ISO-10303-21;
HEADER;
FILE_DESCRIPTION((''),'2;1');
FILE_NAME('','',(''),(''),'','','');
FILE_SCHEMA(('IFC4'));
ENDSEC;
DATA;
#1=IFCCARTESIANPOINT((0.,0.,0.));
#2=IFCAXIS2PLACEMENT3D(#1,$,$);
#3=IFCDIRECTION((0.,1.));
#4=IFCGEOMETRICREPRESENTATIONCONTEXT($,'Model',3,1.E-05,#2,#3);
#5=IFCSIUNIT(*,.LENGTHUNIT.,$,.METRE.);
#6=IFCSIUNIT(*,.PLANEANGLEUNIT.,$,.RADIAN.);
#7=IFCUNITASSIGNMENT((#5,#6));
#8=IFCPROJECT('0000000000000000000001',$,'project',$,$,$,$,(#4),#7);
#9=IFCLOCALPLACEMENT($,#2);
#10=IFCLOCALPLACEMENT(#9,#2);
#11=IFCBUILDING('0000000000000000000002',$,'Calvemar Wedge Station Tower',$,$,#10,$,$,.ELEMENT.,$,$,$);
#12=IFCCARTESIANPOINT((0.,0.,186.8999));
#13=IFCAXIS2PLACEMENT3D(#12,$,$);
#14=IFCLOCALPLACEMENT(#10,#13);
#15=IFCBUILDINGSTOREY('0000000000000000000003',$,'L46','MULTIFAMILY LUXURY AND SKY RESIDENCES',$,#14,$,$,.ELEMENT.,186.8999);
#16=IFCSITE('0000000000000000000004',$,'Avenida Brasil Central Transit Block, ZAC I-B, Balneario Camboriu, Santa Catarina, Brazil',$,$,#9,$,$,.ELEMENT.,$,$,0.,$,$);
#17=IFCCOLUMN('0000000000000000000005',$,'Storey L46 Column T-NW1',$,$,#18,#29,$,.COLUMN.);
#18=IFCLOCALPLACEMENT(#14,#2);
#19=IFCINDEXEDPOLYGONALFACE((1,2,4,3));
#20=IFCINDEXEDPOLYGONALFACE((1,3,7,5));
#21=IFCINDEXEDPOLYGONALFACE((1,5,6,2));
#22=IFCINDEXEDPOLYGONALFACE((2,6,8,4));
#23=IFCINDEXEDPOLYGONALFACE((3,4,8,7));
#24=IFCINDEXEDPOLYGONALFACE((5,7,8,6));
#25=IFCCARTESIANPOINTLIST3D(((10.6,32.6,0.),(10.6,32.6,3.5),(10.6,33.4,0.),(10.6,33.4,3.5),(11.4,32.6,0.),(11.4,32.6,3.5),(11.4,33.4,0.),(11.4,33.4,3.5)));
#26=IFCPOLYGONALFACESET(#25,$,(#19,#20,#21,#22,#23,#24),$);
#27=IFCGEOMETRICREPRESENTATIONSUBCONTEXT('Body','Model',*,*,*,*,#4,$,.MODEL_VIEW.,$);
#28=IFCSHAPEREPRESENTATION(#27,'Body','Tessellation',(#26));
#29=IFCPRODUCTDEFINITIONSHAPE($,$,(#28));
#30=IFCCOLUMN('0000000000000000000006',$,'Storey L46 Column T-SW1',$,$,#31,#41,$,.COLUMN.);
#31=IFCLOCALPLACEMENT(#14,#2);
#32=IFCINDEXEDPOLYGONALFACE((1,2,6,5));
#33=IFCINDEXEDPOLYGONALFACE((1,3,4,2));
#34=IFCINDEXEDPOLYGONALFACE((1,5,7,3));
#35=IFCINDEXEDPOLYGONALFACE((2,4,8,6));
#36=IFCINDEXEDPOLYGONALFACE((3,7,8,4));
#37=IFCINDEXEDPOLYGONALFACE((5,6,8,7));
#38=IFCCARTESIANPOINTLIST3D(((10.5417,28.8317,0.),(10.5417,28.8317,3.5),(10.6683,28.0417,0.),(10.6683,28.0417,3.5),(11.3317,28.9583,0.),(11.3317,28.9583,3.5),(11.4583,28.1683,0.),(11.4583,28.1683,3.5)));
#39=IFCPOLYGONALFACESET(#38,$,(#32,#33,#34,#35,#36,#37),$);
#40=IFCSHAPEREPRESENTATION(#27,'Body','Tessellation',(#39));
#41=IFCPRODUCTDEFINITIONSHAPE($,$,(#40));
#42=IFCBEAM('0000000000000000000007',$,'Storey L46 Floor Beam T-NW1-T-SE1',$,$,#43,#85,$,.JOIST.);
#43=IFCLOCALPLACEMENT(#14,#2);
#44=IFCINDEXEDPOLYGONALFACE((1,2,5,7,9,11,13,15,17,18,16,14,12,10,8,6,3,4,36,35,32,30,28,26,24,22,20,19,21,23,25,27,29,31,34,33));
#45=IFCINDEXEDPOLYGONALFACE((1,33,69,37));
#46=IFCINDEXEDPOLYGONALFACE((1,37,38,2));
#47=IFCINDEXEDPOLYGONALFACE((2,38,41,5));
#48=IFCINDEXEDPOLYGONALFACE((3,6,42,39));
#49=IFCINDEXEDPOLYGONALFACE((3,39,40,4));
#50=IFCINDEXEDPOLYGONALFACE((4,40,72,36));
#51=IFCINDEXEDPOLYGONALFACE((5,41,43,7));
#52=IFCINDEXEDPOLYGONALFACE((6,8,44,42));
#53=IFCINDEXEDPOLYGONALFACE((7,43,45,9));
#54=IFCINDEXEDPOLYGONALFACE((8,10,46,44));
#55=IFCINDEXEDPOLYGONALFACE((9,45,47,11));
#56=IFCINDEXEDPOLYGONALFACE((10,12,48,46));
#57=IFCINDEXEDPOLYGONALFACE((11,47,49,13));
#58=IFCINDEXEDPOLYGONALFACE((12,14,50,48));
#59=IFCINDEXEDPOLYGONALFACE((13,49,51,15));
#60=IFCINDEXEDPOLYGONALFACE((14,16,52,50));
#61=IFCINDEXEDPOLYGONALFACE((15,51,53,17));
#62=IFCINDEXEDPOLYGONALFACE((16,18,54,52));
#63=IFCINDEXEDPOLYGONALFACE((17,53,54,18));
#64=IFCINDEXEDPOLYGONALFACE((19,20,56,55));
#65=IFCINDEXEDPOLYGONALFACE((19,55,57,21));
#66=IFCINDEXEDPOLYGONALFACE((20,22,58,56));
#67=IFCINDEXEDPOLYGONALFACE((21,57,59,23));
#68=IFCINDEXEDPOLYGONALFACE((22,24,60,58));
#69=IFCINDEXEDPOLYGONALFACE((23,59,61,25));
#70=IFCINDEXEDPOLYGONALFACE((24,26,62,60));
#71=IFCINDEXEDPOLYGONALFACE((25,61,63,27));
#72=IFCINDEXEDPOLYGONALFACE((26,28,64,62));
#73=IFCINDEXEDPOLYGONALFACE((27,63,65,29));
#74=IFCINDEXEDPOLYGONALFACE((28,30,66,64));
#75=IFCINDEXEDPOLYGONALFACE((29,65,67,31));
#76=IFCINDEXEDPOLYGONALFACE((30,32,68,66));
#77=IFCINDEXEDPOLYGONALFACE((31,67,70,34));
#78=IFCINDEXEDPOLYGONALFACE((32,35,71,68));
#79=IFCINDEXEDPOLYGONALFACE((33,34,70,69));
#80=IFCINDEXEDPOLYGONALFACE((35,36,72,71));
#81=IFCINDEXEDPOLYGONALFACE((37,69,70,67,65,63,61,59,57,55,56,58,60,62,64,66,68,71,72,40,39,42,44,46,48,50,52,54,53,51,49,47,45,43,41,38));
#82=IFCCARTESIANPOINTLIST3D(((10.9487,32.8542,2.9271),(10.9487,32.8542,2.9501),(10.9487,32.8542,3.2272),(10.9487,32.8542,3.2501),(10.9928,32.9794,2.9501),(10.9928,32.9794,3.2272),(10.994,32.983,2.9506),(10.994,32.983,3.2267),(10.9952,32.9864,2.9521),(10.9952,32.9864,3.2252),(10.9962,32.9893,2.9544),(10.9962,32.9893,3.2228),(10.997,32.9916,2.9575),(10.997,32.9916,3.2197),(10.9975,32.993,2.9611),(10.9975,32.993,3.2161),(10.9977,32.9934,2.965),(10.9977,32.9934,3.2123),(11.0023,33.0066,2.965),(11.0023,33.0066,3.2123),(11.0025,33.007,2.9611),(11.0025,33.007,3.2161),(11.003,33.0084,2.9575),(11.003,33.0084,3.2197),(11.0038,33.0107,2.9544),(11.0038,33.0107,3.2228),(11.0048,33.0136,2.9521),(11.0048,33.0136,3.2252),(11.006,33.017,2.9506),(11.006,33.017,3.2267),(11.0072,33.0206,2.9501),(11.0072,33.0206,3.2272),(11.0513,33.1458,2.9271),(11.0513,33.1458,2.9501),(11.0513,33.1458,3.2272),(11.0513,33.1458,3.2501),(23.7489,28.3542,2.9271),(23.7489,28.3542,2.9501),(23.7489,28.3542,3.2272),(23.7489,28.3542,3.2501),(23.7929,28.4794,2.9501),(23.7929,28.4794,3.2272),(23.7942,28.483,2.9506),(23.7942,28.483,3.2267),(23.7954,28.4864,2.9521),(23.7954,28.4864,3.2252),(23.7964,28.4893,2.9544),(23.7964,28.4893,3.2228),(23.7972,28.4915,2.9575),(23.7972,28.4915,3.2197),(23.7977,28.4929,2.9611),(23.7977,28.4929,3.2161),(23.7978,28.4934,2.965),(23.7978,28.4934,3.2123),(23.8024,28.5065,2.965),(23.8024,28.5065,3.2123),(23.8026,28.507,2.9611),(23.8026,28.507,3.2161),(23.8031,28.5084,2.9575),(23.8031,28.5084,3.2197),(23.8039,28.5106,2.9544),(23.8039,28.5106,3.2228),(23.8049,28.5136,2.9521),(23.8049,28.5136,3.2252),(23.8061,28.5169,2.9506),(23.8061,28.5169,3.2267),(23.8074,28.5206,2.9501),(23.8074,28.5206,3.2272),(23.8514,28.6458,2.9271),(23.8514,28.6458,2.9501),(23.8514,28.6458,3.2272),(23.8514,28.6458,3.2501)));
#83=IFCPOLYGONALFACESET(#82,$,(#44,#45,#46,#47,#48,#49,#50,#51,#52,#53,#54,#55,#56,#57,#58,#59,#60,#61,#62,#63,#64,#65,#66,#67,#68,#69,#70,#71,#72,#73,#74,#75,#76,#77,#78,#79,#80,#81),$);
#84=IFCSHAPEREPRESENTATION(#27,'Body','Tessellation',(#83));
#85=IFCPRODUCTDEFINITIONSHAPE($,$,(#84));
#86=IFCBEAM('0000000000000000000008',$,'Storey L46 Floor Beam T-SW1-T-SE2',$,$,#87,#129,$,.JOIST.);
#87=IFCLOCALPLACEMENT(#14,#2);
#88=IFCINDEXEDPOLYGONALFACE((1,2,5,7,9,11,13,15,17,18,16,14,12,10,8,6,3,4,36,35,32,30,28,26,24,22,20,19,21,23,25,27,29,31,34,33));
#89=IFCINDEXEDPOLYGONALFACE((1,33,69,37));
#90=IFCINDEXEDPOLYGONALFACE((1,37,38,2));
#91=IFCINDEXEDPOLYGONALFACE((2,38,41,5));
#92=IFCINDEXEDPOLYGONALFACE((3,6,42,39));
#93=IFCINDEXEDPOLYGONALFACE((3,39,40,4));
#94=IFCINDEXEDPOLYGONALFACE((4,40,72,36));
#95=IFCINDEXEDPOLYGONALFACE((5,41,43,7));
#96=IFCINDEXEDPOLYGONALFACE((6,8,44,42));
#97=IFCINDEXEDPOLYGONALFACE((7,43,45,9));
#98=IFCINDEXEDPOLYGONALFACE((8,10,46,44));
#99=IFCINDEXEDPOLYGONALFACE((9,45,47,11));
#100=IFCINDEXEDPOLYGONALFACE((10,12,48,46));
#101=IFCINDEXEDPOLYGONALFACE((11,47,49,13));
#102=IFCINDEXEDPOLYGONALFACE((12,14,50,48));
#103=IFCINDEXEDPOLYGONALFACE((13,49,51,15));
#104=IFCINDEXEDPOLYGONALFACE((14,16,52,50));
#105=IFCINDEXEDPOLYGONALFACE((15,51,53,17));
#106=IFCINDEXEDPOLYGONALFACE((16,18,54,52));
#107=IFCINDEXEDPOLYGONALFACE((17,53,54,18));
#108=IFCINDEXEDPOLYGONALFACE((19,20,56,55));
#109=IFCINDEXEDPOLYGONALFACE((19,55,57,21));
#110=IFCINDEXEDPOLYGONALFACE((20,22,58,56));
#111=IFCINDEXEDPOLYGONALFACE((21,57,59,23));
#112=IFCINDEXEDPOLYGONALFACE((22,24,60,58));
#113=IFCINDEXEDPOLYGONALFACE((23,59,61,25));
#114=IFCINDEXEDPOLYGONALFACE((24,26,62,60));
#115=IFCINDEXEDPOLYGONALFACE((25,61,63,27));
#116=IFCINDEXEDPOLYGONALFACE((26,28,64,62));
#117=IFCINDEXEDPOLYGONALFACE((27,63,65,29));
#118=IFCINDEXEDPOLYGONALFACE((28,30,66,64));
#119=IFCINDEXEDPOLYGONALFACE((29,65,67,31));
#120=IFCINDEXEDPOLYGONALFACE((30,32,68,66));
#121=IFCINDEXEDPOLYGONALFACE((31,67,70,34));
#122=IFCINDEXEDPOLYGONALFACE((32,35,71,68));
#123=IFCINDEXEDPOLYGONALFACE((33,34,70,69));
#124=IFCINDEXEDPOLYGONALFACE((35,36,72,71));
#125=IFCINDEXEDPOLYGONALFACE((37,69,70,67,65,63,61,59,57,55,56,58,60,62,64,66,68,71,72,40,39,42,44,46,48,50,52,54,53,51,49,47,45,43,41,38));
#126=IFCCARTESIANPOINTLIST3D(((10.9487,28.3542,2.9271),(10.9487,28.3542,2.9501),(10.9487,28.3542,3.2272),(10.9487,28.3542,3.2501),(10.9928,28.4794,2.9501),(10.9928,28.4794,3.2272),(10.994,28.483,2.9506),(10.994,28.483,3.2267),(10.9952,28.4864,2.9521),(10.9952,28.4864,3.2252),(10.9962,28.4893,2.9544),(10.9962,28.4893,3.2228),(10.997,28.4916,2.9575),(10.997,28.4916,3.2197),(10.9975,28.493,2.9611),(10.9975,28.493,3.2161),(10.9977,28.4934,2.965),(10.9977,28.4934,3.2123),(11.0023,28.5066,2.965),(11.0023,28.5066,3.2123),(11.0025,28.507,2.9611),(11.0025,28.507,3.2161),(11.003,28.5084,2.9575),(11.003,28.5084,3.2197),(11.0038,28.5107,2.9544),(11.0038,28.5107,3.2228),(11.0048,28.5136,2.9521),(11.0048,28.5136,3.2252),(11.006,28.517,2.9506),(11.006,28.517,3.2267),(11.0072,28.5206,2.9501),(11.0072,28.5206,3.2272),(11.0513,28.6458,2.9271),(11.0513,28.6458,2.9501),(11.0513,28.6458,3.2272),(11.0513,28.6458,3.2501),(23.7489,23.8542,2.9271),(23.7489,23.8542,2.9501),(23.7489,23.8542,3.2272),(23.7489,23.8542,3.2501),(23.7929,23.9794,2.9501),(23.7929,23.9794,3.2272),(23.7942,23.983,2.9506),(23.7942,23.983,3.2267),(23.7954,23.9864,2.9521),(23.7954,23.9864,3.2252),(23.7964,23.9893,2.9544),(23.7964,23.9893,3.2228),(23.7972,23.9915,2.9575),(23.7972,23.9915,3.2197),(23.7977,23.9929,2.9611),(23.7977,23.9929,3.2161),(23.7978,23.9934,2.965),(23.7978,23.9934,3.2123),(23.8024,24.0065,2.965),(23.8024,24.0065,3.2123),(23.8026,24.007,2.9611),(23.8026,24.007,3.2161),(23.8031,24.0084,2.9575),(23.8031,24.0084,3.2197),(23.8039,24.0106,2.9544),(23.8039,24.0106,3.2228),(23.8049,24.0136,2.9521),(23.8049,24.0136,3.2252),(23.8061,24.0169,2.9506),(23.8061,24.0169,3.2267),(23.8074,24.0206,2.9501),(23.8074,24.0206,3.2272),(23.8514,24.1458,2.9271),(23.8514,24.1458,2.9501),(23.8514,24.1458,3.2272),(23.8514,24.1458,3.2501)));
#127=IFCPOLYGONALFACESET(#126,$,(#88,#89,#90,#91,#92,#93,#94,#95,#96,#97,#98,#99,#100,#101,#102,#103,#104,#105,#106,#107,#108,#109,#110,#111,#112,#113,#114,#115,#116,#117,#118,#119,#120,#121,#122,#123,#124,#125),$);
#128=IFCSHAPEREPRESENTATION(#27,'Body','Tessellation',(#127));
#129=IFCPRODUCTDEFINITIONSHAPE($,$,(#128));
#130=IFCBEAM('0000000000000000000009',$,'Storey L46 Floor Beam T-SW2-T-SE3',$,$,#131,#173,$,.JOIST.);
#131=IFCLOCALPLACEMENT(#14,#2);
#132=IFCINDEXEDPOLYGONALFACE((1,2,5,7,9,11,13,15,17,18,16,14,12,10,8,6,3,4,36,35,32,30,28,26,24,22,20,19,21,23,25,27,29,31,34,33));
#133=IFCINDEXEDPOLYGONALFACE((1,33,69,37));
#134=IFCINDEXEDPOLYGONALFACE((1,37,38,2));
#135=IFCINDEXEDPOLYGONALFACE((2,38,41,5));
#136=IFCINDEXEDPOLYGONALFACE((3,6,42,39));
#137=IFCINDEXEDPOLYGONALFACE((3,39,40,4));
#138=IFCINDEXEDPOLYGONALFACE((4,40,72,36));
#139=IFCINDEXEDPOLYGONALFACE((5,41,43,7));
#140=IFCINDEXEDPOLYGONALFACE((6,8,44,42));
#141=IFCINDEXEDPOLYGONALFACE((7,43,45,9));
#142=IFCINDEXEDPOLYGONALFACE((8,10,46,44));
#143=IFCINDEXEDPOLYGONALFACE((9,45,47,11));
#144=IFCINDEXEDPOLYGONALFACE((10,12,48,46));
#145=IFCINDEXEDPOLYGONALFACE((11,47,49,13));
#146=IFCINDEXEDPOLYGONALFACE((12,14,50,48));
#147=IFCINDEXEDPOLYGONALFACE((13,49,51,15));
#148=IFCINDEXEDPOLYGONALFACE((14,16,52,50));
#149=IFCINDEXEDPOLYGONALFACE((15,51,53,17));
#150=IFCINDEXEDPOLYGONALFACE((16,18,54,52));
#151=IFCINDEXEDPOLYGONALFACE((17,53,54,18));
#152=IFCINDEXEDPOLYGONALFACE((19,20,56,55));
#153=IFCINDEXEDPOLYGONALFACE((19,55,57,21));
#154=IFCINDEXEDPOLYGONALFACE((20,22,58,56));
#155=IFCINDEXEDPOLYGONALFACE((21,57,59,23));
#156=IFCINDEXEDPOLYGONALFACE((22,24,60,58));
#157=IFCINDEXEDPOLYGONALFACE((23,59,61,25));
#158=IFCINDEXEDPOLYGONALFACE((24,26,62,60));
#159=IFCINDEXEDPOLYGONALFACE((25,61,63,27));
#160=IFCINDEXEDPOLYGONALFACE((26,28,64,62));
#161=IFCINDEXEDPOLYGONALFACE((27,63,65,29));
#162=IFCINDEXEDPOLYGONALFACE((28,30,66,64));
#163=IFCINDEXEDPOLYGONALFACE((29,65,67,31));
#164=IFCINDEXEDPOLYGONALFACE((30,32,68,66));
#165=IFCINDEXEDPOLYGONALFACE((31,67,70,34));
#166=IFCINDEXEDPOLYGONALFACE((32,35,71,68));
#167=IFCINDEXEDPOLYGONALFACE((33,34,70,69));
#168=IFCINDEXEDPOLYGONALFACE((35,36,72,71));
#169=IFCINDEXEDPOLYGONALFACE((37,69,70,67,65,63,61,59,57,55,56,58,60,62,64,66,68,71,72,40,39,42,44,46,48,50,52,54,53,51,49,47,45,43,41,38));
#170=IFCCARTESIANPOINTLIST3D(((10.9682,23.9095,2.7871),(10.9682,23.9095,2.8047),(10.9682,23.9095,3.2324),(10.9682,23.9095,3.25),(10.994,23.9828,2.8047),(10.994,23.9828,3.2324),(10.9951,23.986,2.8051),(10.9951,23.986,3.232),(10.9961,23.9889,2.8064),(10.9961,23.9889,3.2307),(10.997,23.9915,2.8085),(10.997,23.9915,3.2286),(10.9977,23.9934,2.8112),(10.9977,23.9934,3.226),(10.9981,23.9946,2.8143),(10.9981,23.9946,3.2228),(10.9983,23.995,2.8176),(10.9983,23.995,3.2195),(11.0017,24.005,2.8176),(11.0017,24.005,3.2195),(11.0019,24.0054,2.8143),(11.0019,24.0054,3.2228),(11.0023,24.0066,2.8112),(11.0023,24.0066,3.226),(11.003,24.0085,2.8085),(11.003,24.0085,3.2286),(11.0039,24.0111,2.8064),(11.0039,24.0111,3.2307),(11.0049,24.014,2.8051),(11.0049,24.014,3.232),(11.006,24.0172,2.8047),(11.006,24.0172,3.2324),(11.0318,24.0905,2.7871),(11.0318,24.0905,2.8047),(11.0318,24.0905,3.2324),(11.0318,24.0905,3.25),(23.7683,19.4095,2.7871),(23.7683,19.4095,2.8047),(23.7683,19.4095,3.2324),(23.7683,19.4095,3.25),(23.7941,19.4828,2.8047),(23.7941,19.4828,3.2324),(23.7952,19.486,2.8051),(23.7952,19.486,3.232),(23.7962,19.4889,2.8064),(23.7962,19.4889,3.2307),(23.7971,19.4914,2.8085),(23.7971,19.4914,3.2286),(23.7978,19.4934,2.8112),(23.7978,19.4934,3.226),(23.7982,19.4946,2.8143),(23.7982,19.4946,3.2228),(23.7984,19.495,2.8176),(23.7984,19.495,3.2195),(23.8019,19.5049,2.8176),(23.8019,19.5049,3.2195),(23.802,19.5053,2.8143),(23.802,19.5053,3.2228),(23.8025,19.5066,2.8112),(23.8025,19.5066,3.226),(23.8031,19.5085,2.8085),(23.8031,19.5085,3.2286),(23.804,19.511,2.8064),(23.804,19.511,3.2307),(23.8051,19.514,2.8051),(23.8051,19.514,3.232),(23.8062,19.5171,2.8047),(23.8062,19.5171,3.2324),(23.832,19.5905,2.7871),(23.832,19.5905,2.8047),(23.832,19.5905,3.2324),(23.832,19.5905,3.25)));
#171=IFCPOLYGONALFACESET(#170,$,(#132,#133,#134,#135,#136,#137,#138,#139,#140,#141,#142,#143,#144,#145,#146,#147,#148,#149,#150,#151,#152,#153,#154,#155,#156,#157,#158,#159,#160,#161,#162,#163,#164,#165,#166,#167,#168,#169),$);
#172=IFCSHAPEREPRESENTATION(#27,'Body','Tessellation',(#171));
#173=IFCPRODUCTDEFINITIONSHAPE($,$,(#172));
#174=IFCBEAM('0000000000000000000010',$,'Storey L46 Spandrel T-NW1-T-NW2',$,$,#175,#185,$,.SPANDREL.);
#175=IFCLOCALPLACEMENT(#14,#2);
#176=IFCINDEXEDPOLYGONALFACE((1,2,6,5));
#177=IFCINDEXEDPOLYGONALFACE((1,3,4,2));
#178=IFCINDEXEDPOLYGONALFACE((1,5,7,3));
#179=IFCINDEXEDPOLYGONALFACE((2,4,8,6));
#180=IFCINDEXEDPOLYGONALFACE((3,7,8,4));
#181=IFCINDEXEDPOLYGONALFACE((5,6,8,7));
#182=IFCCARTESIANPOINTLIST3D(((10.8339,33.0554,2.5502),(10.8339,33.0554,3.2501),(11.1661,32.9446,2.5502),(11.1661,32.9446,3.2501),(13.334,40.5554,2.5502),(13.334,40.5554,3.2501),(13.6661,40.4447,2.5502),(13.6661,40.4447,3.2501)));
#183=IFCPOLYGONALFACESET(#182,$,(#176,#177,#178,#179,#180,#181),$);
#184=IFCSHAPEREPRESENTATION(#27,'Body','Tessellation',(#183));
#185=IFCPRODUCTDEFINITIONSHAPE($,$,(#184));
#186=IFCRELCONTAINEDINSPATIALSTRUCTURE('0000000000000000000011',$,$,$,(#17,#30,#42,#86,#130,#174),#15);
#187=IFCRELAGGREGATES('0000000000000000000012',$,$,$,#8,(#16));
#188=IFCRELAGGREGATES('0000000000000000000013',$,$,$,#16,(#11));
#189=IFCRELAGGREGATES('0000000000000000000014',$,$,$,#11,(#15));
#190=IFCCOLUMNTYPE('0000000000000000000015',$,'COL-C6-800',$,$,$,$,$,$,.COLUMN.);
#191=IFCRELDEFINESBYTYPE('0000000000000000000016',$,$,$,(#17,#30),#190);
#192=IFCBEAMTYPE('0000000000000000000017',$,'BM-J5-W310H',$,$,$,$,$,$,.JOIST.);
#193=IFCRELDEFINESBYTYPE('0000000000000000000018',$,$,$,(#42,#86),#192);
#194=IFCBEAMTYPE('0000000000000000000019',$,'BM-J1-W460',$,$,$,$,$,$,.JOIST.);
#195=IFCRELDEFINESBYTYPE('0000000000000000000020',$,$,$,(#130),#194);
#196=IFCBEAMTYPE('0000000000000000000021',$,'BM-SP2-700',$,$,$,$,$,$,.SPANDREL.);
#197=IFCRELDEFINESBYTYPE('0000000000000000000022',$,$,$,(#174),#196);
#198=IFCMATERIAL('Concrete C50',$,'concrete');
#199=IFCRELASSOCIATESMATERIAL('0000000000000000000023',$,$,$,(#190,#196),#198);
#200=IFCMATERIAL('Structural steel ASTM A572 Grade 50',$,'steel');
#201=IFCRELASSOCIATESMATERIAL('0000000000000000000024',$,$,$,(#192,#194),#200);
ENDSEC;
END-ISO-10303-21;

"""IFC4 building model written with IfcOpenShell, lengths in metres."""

from ifc_helpers import new_model, si_unit, direction, frame, origin, origin_2d, place, context, subcontext, project, spatial, rectangle, i_section, extrude, source, transform, mapped, material, material_profile, profile_set, type_object, element, save


model = new_model("IFC4")

# Units and contexts
model_context = context("Model", 3, precision=1e-05, world=origin(), true_north=direction((0.0, 1.0)))
body_context = subcontext(model_context, "Body", "Model", "MODEL_VIEW")
ifc_project = project(units=[si_unit("LENGTHUNIT", "METRE"), si_unit("PLANEANGLEUNIT", "RADIAN")], contexts=[model_context])

# Site, building, storey
site_placement = place(None, origin())
site = spatial("IfcSite", under=ifc_project, at=site_placement, Name="Avenida Brasil Central Transit Block, ZAC I-B, Balneario Camboriu, Santa Catarina, Brazil", CompositionType="ELEMENT", RefElevation=0.0)
building_placement = place(site_placement, origin())
building = spatial("IfcBuilding", under=site, at=building_placement, Name="Calvemar Wedge Station Tower", CompositionType="ELEMENT")
storey_placement = place(building_placement, frame((0.0, 0.0, 186.8999)))
storey = spatial("IfcBuildingStorey", under=building, at=storey_placement, Name="L46", Description="MULTIFAMILY LUXURY AND SKY RESIDENCES", CompositionType="ELEMENT", Elevation=186.8999)

# Columns
ifc_material_1 = material(Name="Concrete C50", Category="concrete")
ifc_material_profile_1 = material_profile(ifc_material_1, rectangle(XDim=0.8, YDim=0.8, at=origin_2d()), Name="RC800x800")
ifc_profile_set_1 = profile_set([ifc_material_profile_1], Name="Concrete C50")
column_type = type_object("IfcColumnType", Name="COL-C6-800", PredefinedType="COLUMN", material=ifc_profile_set_1)
shared_shape_1 = source(origin(), body_context, "Body", "SweptSolid", [
    extrude(rectangle(XDim=0.8, YDim=0.8, at=origin_2d()), origin(), (0.0, 0.0, 1.0), 3.5),
])
for number, where, z_axis, x_axis, name in (
    (1, (11.0, 33.0, 0.0), (0.0, 0.0, 1.0), (1.0, 0.0, 0.0), "Storey L46 Column T-NW1"),
    (2, (11.0, 28.5, 0.0), (0.0, 0.0, 1.0), (0.158158, -0.987414, 0.0), "Storey L46 Column T-SW1"),
):
    element("IfcColumn", number, at=place(storey_placement, frame(where, z_axis=z_axis, x_axis=x_axis)), inside=storey, type_object=column_type, Name=name, PredefinedType="COLUMN", context=body_context, shape_type="MappedRepresentation", body=[
        mapped(shared_shape_1, transform((0.0, 0.0, 0.0), scale=1.0)),
    ])

# Beams
ifc_material_2 = material(Name="Structural steel ASTM A572 Grade 50", Category="steel")
ifc_material_profile_2 = material_profile(ifc_material_2, i_section(OverallWidth=0.3091, OverallDepth=0.323, WebThickness=0.0139, FlangeThickness=0.0229, FilletRadius=0.0149, at=origin_2d()), Name="W310x143")
ifc_profile_set_2 = profile_set([ifc_material_profile_2], Name="Structural steel ASTM A572 Grade 50")
beam_type_1 = type_object("IfcBeamType", Name="BM-J5-W310H", PredefinedType="JOIST", material=ifc_profile_set_2)
shared_shape_2 = source(origin(), body_context, "Body", "SweptSolid", [
    extrude(i_section(OverallWidth=0.3091, OverallDepth=0.323, WebThickness=0.0139, FlangeThickness=0.0229, FilletRadius=0.0149, at=origin_2d()), origin(), (0.0, 0.0, 1.0), 13.5681),
])
for number, where, z_axis, x_axis, name in (
    (3, (11.0, 33.0, 3.0886), (0.943398, -0.331662, 0.0), (0.331662, 0.943398, 0.0), "Storey L46 Floor Beam T-NW1-T-SE1"),
    (4, (11.0, 28.5, 3.0886), (0.943398, -0.331662, 0.0), (0.331662, 0.943398, 0.0), "Storey L46 Floor Beam T-SW1-T-SE2"),
):
    element("IfcBeam", number, at=place(storey_placement, frame(where, z_axis=z_axis, x_axis=x_axis)), inside=storey, type_object=beam_type_1, Name=name, PredefinedType="JOIST", context=body_context, shape_type="MappedRepresentation", body=[
        mapped(shared_shape_2, transform((0.0, 0.0, 0.0), scale=1.0)),
    ])
ifc_material_profile_3 = material_profile(ifc_material_2, i_section(OverallWidth=0.1919, OverallDepth=0.4629, WebThickness=0.0105, FlangeThickness=0.0176, FilletRadius=0.0129, at=origin_2d()), Name="W460x89")
ifc_profile_set_3 = profile_set([ifc_material_profile_3], Name="Structural steel ASTM A572 Grade 50")
beam_type_2 = type_object("IfcBeamType", Name="BM-J1-W460", PredefinedType="JOIST", material=ifc_profile_set_3)
shared_shape_3 = source(origin(), body_context, "Body", "SweptSolid", [
    extrude(i_section(OverallWidth=0.1919, OverallDepth=0.4629, WebThickness=0.0105, FlangeThickness=0.0176, FilletRadius=0.0129, at=origin_2d()), origin(), (0.0, 0.0, 1.0), 13.5681),
])
beam_1_placement = place(storey_placement, frame((11.0, 24.0, 3.0186), z_axis=(0.943398, -0.331662, 0.0), x_axis=(0.331662, 0.943398, 0.0)))
element("IfcBeam", 5, at=beam_1_placement, inside=storey, type_object=beam_type_2, Name="Storey L46 Floor Beam T-SW2-T-SE3", PredefinedType="JOIST", context=body_context, shape_type="MappedRepresentation", body=[
    mapped(shared_shape_3, transform((0.0, 0.0, 0.0), scale=1.0)),
])
ifc_material_profile_4 = material_profile(ifc_material_1, rectangle(XDim=0.3501, YDim=0.7, at=origin_2d()), Name="RC350x700")
ifc_profile_set_4 = profile_set([ifc_material_profile_4], Name="Concrete C50")
beam_type_3 = type_object("IfcBeamType", Name="BM-SP2-700", PredefinedType="SPANDREL", material=ifc_profile_set_4)
shared_shape_4 = source(origin(), body_context, "Body", "SweptSolid", [
    extrude(rectangle(XDim=0.3501, YDim=0.7, at=origin_2d()), origin(), (0.0, 0.0, 1.0), 7.9058),
])
beam_2_placement = place(storey_placement, frame((11.0, 33.0, 2.9001), z_axis=(0.316228, 0.948683, 0.0), x_axis=(-0.948683, 0.316228, 0.0)))
element("IfcBeam", 6, at=beam_2_placement, inside=storey, type_object=beam_type_3, Name="Storey L46 Spandrel T-NW1-T-NW2", PredefinedType="SPANDREL", context=body_context, shape_type="MappedRepresentation", body=[
    mapped(shared_shape_4, transform((0.0, 0.0, 0.0), scale=1.0)),
])

save(model, "model.ifc")
